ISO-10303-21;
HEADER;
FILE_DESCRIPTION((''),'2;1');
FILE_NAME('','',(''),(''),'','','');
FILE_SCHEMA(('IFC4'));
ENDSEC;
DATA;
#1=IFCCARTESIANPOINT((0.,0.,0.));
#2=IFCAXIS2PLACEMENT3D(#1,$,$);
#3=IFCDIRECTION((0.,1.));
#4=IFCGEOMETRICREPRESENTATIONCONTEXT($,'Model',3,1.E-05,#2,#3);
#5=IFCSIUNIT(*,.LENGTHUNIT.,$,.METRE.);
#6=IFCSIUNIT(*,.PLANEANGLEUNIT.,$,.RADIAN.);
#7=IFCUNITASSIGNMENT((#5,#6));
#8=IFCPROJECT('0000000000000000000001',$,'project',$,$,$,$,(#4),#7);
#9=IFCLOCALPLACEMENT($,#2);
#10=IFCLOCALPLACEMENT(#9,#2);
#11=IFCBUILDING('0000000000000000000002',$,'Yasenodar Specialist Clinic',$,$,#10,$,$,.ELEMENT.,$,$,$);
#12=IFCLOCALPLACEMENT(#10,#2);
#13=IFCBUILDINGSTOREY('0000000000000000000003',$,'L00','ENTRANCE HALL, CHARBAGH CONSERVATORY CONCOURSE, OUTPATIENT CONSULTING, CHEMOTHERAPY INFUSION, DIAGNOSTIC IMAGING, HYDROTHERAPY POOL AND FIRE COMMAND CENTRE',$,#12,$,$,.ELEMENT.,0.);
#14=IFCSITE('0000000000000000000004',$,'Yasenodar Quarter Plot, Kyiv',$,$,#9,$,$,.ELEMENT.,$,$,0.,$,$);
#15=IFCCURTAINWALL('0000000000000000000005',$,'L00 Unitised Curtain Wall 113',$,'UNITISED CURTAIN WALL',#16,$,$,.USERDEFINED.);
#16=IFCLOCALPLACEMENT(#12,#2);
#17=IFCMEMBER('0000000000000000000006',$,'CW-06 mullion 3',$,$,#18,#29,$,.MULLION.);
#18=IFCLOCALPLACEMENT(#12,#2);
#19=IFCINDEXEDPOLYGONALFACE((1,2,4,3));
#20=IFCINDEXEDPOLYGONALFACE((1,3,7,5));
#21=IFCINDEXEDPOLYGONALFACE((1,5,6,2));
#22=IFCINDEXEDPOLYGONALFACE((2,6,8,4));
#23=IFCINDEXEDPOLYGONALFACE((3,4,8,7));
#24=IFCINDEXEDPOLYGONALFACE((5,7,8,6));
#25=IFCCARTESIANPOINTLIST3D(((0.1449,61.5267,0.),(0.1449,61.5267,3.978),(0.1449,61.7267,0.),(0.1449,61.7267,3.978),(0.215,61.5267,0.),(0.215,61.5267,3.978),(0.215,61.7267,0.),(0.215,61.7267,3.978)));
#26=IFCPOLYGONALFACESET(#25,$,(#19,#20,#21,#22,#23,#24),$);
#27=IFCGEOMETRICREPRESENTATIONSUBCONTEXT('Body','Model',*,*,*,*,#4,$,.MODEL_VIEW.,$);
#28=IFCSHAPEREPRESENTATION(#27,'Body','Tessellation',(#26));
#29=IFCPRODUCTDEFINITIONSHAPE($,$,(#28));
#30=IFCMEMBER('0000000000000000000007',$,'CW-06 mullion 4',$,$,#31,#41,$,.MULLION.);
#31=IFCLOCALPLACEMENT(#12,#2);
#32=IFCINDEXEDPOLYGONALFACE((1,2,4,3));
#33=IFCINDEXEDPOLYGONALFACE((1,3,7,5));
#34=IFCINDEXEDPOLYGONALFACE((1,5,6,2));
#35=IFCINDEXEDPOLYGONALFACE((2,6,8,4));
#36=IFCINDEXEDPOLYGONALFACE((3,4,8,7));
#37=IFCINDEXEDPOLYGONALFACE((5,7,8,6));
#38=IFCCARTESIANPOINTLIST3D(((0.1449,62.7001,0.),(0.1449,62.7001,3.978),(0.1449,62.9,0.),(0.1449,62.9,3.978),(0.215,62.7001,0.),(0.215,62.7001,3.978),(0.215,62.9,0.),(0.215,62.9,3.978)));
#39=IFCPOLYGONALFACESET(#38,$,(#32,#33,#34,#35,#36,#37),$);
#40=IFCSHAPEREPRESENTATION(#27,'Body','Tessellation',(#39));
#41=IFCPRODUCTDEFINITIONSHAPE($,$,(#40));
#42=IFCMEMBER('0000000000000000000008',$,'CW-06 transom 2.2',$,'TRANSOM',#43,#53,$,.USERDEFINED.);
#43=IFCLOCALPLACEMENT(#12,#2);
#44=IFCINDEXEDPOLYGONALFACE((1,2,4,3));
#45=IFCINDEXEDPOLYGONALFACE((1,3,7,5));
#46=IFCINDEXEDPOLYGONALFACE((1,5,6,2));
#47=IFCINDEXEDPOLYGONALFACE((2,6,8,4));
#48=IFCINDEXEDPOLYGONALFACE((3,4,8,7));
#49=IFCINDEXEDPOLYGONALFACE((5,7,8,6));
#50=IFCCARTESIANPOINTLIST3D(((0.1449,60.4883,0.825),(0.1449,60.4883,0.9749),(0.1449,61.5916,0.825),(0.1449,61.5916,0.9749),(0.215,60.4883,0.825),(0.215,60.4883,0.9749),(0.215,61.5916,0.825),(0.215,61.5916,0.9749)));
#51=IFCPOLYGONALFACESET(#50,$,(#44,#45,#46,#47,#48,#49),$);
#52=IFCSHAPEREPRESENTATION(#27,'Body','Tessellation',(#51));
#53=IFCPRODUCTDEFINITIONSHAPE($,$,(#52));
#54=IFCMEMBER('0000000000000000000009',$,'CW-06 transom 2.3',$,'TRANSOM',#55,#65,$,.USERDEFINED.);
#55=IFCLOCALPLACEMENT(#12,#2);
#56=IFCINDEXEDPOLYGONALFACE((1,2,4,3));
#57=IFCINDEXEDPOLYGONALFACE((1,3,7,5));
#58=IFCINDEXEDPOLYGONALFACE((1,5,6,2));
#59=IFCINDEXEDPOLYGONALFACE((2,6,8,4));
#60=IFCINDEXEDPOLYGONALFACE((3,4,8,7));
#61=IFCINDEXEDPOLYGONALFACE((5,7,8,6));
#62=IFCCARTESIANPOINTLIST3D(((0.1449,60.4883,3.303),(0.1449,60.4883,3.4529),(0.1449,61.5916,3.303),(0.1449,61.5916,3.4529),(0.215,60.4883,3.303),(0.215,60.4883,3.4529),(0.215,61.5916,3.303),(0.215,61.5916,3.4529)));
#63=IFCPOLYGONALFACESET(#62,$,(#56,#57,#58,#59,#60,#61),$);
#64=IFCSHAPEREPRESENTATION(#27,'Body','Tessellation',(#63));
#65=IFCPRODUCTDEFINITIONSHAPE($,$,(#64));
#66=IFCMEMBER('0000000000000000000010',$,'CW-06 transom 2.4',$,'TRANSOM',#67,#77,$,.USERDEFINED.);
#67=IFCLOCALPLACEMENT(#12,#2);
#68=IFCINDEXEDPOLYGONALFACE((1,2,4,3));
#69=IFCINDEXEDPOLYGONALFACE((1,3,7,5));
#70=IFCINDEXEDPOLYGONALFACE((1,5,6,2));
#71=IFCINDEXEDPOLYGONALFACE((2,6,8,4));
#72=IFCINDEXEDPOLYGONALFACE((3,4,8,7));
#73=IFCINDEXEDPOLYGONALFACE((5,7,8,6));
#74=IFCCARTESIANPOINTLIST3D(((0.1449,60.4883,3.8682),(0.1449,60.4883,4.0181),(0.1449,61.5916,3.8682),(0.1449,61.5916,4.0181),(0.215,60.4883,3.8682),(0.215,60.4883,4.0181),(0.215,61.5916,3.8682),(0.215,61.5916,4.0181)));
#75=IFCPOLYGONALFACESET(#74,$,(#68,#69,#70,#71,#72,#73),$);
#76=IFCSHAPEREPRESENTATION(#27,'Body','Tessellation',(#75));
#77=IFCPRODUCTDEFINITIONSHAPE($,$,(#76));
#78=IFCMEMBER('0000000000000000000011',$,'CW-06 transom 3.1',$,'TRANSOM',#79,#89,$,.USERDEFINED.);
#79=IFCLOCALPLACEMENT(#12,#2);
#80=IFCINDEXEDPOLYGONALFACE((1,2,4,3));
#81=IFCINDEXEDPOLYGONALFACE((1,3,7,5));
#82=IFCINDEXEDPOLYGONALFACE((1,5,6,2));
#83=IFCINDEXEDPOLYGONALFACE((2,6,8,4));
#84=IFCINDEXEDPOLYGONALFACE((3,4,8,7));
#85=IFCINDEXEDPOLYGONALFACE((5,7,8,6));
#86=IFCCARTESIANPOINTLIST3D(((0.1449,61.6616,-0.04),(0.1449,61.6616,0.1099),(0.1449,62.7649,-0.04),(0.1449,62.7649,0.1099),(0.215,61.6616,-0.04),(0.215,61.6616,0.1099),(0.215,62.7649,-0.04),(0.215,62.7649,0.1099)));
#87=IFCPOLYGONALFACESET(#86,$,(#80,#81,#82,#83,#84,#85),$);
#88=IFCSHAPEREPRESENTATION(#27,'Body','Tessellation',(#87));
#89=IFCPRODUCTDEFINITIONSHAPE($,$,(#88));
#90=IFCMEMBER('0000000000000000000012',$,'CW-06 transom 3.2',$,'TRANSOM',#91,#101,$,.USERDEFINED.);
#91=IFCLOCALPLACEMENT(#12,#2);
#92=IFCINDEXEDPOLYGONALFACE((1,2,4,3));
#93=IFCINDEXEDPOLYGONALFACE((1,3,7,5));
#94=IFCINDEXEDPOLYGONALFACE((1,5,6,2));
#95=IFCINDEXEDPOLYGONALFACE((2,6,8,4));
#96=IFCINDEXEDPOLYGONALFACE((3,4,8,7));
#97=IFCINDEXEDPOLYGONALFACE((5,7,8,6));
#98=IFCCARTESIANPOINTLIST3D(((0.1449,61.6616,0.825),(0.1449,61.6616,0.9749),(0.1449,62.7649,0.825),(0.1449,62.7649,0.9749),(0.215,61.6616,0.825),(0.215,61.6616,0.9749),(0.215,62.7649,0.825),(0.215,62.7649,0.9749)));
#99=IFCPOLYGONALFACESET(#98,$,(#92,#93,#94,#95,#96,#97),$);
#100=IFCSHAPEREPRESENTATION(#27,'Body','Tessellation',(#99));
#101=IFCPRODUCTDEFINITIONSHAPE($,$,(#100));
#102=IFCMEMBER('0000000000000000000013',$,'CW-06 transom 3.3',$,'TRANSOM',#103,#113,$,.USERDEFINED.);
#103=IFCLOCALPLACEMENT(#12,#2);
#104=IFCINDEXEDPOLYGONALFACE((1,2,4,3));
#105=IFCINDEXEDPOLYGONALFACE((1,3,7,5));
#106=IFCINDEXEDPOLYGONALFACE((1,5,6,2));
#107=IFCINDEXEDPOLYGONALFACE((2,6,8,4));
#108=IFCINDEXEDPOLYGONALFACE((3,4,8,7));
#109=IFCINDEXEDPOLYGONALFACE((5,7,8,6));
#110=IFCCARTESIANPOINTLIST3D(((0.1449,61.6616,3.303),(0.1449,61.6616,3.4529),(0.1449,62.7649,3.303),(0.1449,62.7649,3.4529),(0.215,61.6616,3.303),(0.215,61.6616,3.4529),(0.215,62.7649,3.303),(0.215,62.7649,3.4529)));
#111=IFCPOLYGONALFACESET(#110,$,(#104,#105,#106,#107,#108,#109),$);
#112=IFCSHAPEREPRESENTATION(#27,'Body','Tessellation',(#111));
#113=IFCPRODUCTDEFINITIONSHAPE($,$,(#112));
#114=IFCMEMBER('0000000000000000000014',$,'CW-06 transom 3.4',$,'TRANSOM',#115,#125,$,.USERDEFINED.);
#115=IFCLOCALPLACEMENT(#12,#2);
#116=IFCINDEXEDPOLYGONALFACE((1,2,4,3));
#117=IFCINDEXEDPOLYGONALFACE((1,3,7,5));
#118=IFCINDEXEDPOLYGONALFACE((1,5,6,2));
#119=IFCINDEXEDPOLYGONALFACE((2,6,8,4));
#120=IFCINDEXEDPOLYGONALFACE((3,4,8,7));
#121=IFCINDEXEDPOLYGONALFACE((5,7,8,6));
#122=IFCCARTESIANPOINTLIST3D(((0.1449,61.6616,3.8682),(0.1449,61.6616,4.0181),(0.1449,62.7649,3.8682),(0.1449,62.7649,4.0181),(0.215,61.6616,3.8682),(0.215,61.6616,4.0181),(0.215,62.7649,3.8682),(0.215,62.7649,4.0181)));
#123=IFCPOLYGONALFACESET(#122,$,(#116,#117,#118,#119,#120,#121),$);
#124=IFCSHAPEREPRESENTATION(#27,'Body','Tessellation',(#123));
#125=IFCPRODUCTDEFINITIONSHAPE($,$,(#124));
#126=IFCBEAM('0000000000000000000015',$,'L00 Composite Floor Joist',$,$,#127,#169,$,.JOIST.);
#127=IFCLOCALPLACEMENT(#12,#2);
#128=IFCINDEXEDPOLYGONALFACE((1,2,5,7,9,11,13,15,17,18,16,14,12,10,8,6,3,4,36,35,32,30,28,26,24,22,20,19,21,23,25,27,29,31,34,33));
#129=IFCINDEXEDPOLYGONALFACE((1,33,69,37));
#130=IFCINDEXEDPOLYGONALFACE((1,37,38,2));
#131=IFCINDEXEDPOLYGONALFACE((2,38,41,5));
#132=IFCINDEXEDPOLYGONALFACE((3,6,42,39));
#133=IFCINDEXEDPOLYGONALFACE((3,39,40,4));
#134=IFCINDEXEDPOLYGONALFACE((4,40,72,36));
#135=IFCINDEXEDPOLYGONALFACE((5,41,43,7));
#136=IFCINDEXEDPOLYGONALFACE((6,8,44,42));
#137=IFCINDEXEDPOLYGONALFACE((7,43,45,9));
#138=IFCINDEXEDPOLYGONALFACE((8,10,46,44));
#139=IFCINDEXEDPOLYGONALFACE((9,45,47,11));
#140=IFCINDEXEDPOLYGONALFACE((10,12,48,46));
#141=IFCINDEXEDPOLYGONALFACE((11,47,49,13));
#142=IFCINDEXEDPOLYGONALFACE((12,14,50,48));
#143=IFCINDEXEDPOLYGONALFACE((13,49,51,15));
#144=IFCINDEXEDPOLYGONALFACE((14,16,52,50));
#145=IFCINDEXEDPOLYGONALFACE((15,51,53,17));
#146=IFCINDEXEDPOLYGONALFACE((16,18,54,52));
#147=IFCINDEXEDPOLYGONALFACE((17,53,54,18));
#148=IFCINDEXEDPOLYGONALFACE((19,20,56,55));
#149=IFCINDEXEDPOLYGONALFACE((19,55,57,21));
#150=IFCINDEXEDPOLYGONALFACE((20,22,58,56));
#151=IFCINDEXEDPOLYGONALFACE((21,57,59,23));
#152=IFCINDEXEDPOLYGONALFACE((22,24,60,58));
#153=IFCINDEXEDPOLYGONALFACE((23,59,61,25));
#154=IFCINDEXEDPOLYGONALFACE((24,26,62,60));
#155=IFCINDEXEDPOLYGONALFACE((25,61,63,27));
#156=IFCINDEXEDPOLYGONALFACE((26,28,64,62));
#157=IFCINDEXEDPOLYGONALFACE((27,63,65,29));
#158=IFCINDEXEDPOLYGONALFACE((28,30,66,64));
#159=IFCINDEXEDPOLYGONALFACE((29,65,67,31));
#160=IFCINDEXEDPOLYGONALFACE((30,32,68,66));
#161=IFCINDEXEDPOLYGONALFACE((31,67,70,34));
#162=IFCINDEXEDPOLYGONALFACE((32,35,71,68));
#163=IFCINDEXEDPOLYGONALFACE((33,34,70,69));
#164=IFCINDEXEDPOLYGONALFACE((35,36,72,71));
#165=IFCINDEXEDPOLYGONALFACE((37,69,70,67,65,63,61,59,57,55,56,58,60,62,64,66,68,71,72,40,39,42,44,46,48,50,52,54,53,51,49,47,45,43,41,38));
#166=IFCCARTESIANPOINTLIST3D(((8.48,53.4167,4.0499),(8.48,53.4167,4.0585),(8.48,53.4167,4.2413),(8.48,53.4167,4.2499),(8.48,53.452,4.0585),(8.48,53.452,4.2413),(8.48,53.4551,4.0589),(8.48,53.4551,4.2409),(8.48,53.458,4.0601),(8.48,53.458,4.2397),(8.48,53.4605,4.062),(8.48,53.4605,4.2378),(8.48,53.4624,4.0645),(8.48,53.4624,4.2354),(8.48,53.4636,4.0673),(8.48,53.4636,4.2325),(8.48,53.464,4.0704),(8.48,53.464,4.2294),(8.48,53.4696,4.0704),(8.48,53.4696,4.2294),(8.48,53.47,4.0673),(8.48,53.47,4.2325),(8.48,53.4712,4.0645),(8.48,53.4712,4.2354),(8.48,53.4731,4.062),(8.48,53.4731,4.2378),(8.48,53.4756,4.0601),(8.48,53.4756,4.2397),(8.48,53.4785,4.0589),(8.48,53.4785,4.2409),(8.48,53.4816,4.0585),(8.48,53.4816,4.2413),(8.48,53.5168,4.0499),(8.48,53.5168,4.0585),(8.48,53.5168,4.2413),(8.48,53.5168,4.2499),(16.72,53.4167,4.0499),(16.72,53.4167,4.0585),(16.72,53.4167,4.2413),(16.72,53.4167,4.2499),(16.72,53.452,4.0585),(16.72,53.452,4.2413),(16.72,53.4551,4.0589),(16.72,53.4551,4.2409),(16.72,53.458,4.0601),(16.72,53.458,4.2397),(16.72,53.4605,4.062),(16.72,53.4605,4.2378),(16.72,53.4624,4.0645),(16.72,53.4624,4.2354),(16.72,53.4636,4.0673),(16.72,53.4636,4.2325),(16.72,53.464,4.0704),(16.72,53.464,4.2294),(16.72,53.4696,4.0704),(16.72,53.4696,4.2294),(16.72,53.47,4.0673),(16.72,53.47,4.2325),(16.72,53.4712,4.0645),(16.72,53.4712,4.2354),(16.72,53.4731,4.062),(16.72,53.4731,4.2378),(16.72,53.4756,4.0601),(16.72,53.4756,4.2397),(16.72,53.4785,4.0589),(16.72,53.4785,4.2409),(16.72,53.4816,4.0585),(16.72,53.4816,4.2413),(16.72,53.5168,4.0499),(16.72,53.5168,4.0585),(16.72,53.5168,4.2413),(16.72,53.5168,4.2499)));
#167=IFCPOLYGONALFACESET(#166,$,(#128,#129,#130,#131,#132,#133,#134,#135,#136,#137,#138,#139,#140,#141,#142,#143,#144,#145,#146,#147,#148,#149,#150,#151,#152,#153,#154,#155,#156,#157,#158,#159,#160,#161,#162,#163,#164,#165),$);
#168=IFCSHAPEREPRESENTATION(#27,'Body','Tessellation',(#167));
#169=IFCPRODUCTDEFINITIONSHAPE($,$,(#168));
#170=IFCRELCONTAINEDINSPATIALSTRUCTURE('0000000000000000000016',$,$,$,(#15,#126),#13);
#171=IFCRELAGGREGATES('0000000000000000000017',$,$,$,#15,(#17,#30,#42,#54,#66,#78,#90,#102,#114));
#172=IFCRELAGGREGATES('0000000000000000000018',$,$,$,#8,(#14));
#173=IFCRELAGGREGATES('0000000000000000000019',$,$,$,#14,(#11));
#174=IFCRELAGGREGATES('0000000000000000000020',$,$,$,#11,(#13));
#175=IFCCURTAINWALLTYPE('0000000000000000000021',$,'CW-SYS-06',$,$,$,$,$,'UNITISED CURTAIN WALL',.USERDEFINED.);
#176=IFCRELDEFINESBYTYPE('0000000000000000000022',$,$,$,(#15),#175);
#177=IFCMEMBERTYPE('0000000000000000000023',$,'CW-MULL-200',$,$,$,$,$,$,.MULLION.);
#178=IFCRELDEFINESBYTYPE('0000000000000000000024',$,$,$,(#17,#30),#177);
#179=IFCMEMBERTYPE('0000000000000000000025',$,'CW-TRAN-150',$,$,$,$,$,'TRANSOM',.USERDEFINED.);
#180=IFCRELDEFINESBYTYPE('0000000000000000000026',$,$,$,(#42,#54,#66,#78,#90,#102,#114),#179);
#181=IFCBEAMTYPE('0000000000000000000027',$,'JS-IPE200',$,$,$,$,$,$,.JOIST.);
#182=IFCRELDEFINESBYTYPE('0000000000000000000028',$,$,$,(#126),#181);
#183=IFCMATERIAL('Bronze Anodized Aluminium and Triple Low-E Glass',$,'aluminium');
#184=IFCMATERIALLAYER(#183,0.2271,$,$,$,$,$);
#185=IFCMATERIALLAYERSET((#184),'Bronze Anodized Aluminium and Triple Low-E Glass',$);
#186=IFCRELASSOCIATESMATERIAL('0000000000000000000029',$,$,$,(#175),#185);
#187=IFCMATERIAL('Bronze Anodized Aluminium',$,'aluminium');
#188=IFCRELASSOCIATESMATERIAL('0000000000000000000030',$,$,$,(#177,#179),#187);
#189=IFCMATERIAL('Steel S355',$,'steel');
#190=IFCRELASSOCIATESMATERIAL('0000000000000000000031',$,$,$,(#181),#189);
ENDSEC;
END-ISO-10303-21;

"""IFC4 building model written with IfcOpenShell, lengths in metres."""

from ifc_helpers import new_model, si_unit, direction, frame, origin, origin_2d, place, context, subcontext, project, spatial, rectangle, i_section, extrude, material, layer, layer_set, material_profile, profile_set, type_object, element, aggregate, save


model = new_model("IFC4")

# Units and contexts
model_context = context("Model", 3, precision=1e-05, world=origin(), true_north=direction((0.0, 1.0)))
body_context = subcontext(model_context, "Body", "Model", "MODEL_VIEW")
ifc_project = project(units=[si_unit("LENGTHUNIT", "METRE"), si_unit("PLANEANGLEUNIT", "RADIAN")], contexts=[model_context])

# Site, building, storey
site_placement = place(None, origin())
site = spatial("IfcSite", under=ifc_project, at=site_placement, Name="Yasenodar Quarter Plot, Kyiv", CompositionType="ELEMENT", RefElevation=0.0)
building_placement = place(site_placement, origin())
building = spatial("IfcBuilding", under=site, at=building_placement, Name="Yasenodar Specialist Clinic", CompositionType="ELEMENT")
storey_placement = place(building_placement, origin())
storey = spatial("IfcBuildingStorey", under=building, at=storey_placement, Name="L00", Description="ENTRANCE HALL, CHARBAGH CONSERVATORY CONCOURSE, OUTPATIENT CONSULTING, CHEMOTHERAPY INFUSION, DIAGNOSTIC IMAGING, HYDROTHERAPY POOL AND FIRE COMMAND CENTRE", CompositionType="ELEMENT", Elevation=0.0)

# Shared definitions
ifc_material_1 = material(Name="Steel S355", Category="steel")

# Curtain wall, members
ifc_material_2 = material(Name="Bronze Anodized Aluminium and Triple Low-E Glass", Category="aluminium")
ifc_layer_1 = layer(ifc_material_2, 0.2271)
ifc_layer_set_1 = layer_set([ifc_layer_1], Name="Bronze Anodized Aluminium and Triple Low-E Glass")
curtain_wall_type = type_object("IfcCurtainWallType", Name="CW-SYS-06", ElementType="UNITISED CURTAIN WALL", PredefinedType="USERDEFINED", material=ifc_layer_set_1)
curtain_wall_placement = place(storey_placement, origin())
curtain_wall = element("IfcCurtainWall", 1, at=curtain_wall_placement, inside=storey, type_object=curtain_wall_type, Name="L00 Unitised Curtain Wall 113", ObjectType="UNITISED CURTAIN WALL", PredefinedType="USERDEFINED")
ifc_material_3 = material(Name="Bronze Anodized Aluminium", Category="aluminium")
ifc_material_profile_1 = material_profile(ifc_material_3, rectangle(XDim=0.0701, YDim=0.2, at=origin_2d()), Name="CW-MULL 70x200")
ifc_profile_set_1 = profile_set([ifc_material_profile_1], Name="Bronze Anodized Aluminium")
member_type_1 = type_object("IfcMemberType", Name="CW-MULL-200", PredefinedType="MULLION", material=ifc_profile_set_1)
member_1_placement = place(storey_placement, frame((0.1799, 61.6267, 0.0), z_axis=(0.0, 0.0, 1.0), x_axis=(-1.0, 0.0, 0.0)))
member_1 = element("IfcMember", 2, at=member_1_placement, type_object=member_type_1, Name="CW-06 mullion 3", PredefinedType="MULLION", context=body_context, shape_type="SweptSolid", body=[
    extrude(rectangle(XDim=0.0701, YDim=0.2, at=origin_2d()), origin(), (0.0, 0.0, 1.0), 3.978),
])
member_2_placement = place(storey_placement, frame((0.1799, 62.8, 0.0), z_axis=(0.0, 0.0, 1.0), x_axis=(-1.0, 0.0, 0.0)))
member_2 = element("IfcMember", 3, at=member_2_placement, type_object=member_type_1, Name="CW-06 mullion 4", PredefinedType="MULLION", context=body_context, shape_type="SweptSolid", body=[
    extrude(rectangle(XDim=0.0701, YDim=0.2, at=origin_2d()), origin(), (0.0, 0.0, 1.0), 3.978),
])
ifc_material_profile_2 = material_profile(ifc_material_3, rectangle(XDim=0.0701, YDim=0.1499, at=origin_2d()), Name="CW-TRAN 70x150")
ifc_profile_set_2 = profile_set([ifc_material_profile_2], Name="Bronze Anodized Aluminium")
member_type_2 = type_object("IfcMemberType", Name="CW-TRAN-150", ElementType="TRANSOM", PredefinedType="USERDEFINED", material=ifc_profile_set_2)
member_3_placement = place(storey_placement, frame((0.1799, 60.4883, 0.8999), z_axis=(0.0, 1.0, 0.0), x_axis=(-1.0, 0.0, 0.0)))
member_3 = element("IfcMember", 4, at=member_3_placement, type_object=member_type_2, Name="CW-06 transom 2.2", ObjectType="TRANSOM", PredefinedType="USERDEFINED", context=body_context, shape_type="SweptSolid", body=[
    extrude(rectangle(XDim=0.0701, YDim=0.1499, at=origin_2d()), origin(), (0.0, 0.0, 1.0), 1.1033),
])
member_4_placement = place(storey_placement, frame((0.1799, 60.4883, 3.3779), z_axis=(0.0, 1.0, 0.0), x_axis=(-1.0, 0.0, 0.0)))
member_4 = element("IfcMember", 5, at=member_4_placement, type_object=member_type_2, Name="CW-06 transom 2.3", ObjectType="TRANSOM", PredefinedType="USERDEFINED", context=body_context, shape_type="SweptSolid", body=[
    extrude(rectangle(XDim=0.0701, YDim=0.1499, at=origin_2d()), origin(), (0.0, 0.0, 1.0), 1.1033),
])
member_5_placement = place(storey_placement, frame((0.1799, 60.4883, 3.9431), z_axis=(0.0, 1.0, 0.0), x_axis=(-1.0, 0.0, 0.0)))
member_5 = element("IfcMember", 6, at=member_5_placement, type_object=member_type_2, Name="CW-06 transom 2.4", ObjectType="TRANSOM", PredefinedType="USERDEFINED", context=body_context, shape_type="SweptSolid", body=[
    extrude(rectangle(XDim=0.0701, YDim=0.1499, at=origin_2d()), origin(), (0.0, 0.0, 1.0), 1.1033),
])
member_6_placement = place(storey_placement, frame((0.1799, 61.6616, 0.0349), z_axis=(0.0, 1.0, 0.0), x_axis=(-1.0, 0.0, 0.0)))
member_6 = element("IfcMember", 7, at=member_6_placement, type_object=member_type_2, Name="CW-06 transom 3.1", ObjectType="TRANSOM", PredefinedType="USERDEFINED", context=body_context, shape_type="SweptSolid", body=[
    extrude(rectangle(XDim=0.0701, YDim=0.1499, at=origin_2d()), origin(), (0.0, 0.0, 1.0), 1.1033),
])
member_7_placement = place(storey_placement, frame((0.1799, 61.6616, 0.8999), z_axis=(0.0, 1.0, 0.0), x_axis=(-1.0, 0.0, 0.0)))
member_7 = element("IfcMember", 8, at=member_7_placement, type_object=member_type_2, Name="CW-06 transom 3.2", ObjectType="TRANSOM", PredefinedType="USERDEFINED", context=body_context, shape_type="SweptSolid", body=[
    extrude(rectangle(XDim=0.0701, YDim=0.1499, at=origin_2d()), origin(), (0.0, 0.0, 1.0), 1.1033),
])
member_8_placement = place(storey_placement, frame((0.1799, 61.6616, 3.3779), z_axis=(0.0, 1.0, 0.0), x_axis=(-1.0, 0.0, 0.0)))
member_8 = element("IfcMember", 9, at=member_8_placement, type_object=member_type_2, Name="CW-06 transom 3.3", ObjectType="TRANSOM", PredefinedType="USERDEFINED", context=body_context, shape_type="SweptSolid", body=[
    extrude(rectangle(XDim=0.0701, YDim=0.1499, at=origin_2d()), origin(), (0.0, 0.0, 1.0), 1.1033),
])
member_9_placement = place(storey_placement, frame((0.1799, 61.6616, 3.9431), z_axis=(0.0, 1.0, 0.0), x_axis=(-1.0, 0.0, 0.0)))
member_9 = element("IfcMember", 10, at=member_9_placement, type_object=member_type_2, Name="CW-06 transom 3.4", ObjectType="TRANSOM", PredefinedType="USERDEFINED", context=body_context, shape_type="SweptSolid", body=[
    extrude(rectangle(XDim=0.0701, YDim=0.1499, at=origin_2d()), origin(), (0.0, 0.0, 1.0), 1.1033),
])

# Beam
ifc_material_profile_3 = material_profile(ifc_material_1, i_section(OverallWidth=0.1001, OverallDepth=0.2, WebThickness=0.0056, FlangeThickness=0.0085, FilletRadius=0.012, at=origin_2d()), Name="IPE 200")
ifc_profile_set_3 = profile_set([ifc_material_profile_3], Name="Steel S355")
beam_type_1 = type_object("IfcBeamType", Name="JS-IPE200", PredefinedType="JOIST", material=ifc_profile_set_3)
beam_1_placement = place(storey_placement, frame((8.48, 53.4668, 4.1499), z_axis=(1.0, 0.0, 0.0), x_axis=(0.0, 1.0, 0.0)))
element("IfcBeam", 11, at=beam_1_placement, inside=storey, type_object=beam_type_1, Name="L00 Composite Floor Joist", PredefinedType="JOIST", context=body_context, shape_type="SweptSolid", body=[
    extrude(i_section(OverallWidth=0.1001, OverallDepth=0.2, WebThickness=0.0056, FlangeThickness=0.0085, FilletRadius=0.012, at=origin_2d()), origin(), (0.0, 0.0, 1.0), 8.24),
])

aggregate(curtain_wall, [member_1, member_2, member_3, member_4, member_5, member_6, member_7, member_8, member_9])

save(model, "model.ifc")
